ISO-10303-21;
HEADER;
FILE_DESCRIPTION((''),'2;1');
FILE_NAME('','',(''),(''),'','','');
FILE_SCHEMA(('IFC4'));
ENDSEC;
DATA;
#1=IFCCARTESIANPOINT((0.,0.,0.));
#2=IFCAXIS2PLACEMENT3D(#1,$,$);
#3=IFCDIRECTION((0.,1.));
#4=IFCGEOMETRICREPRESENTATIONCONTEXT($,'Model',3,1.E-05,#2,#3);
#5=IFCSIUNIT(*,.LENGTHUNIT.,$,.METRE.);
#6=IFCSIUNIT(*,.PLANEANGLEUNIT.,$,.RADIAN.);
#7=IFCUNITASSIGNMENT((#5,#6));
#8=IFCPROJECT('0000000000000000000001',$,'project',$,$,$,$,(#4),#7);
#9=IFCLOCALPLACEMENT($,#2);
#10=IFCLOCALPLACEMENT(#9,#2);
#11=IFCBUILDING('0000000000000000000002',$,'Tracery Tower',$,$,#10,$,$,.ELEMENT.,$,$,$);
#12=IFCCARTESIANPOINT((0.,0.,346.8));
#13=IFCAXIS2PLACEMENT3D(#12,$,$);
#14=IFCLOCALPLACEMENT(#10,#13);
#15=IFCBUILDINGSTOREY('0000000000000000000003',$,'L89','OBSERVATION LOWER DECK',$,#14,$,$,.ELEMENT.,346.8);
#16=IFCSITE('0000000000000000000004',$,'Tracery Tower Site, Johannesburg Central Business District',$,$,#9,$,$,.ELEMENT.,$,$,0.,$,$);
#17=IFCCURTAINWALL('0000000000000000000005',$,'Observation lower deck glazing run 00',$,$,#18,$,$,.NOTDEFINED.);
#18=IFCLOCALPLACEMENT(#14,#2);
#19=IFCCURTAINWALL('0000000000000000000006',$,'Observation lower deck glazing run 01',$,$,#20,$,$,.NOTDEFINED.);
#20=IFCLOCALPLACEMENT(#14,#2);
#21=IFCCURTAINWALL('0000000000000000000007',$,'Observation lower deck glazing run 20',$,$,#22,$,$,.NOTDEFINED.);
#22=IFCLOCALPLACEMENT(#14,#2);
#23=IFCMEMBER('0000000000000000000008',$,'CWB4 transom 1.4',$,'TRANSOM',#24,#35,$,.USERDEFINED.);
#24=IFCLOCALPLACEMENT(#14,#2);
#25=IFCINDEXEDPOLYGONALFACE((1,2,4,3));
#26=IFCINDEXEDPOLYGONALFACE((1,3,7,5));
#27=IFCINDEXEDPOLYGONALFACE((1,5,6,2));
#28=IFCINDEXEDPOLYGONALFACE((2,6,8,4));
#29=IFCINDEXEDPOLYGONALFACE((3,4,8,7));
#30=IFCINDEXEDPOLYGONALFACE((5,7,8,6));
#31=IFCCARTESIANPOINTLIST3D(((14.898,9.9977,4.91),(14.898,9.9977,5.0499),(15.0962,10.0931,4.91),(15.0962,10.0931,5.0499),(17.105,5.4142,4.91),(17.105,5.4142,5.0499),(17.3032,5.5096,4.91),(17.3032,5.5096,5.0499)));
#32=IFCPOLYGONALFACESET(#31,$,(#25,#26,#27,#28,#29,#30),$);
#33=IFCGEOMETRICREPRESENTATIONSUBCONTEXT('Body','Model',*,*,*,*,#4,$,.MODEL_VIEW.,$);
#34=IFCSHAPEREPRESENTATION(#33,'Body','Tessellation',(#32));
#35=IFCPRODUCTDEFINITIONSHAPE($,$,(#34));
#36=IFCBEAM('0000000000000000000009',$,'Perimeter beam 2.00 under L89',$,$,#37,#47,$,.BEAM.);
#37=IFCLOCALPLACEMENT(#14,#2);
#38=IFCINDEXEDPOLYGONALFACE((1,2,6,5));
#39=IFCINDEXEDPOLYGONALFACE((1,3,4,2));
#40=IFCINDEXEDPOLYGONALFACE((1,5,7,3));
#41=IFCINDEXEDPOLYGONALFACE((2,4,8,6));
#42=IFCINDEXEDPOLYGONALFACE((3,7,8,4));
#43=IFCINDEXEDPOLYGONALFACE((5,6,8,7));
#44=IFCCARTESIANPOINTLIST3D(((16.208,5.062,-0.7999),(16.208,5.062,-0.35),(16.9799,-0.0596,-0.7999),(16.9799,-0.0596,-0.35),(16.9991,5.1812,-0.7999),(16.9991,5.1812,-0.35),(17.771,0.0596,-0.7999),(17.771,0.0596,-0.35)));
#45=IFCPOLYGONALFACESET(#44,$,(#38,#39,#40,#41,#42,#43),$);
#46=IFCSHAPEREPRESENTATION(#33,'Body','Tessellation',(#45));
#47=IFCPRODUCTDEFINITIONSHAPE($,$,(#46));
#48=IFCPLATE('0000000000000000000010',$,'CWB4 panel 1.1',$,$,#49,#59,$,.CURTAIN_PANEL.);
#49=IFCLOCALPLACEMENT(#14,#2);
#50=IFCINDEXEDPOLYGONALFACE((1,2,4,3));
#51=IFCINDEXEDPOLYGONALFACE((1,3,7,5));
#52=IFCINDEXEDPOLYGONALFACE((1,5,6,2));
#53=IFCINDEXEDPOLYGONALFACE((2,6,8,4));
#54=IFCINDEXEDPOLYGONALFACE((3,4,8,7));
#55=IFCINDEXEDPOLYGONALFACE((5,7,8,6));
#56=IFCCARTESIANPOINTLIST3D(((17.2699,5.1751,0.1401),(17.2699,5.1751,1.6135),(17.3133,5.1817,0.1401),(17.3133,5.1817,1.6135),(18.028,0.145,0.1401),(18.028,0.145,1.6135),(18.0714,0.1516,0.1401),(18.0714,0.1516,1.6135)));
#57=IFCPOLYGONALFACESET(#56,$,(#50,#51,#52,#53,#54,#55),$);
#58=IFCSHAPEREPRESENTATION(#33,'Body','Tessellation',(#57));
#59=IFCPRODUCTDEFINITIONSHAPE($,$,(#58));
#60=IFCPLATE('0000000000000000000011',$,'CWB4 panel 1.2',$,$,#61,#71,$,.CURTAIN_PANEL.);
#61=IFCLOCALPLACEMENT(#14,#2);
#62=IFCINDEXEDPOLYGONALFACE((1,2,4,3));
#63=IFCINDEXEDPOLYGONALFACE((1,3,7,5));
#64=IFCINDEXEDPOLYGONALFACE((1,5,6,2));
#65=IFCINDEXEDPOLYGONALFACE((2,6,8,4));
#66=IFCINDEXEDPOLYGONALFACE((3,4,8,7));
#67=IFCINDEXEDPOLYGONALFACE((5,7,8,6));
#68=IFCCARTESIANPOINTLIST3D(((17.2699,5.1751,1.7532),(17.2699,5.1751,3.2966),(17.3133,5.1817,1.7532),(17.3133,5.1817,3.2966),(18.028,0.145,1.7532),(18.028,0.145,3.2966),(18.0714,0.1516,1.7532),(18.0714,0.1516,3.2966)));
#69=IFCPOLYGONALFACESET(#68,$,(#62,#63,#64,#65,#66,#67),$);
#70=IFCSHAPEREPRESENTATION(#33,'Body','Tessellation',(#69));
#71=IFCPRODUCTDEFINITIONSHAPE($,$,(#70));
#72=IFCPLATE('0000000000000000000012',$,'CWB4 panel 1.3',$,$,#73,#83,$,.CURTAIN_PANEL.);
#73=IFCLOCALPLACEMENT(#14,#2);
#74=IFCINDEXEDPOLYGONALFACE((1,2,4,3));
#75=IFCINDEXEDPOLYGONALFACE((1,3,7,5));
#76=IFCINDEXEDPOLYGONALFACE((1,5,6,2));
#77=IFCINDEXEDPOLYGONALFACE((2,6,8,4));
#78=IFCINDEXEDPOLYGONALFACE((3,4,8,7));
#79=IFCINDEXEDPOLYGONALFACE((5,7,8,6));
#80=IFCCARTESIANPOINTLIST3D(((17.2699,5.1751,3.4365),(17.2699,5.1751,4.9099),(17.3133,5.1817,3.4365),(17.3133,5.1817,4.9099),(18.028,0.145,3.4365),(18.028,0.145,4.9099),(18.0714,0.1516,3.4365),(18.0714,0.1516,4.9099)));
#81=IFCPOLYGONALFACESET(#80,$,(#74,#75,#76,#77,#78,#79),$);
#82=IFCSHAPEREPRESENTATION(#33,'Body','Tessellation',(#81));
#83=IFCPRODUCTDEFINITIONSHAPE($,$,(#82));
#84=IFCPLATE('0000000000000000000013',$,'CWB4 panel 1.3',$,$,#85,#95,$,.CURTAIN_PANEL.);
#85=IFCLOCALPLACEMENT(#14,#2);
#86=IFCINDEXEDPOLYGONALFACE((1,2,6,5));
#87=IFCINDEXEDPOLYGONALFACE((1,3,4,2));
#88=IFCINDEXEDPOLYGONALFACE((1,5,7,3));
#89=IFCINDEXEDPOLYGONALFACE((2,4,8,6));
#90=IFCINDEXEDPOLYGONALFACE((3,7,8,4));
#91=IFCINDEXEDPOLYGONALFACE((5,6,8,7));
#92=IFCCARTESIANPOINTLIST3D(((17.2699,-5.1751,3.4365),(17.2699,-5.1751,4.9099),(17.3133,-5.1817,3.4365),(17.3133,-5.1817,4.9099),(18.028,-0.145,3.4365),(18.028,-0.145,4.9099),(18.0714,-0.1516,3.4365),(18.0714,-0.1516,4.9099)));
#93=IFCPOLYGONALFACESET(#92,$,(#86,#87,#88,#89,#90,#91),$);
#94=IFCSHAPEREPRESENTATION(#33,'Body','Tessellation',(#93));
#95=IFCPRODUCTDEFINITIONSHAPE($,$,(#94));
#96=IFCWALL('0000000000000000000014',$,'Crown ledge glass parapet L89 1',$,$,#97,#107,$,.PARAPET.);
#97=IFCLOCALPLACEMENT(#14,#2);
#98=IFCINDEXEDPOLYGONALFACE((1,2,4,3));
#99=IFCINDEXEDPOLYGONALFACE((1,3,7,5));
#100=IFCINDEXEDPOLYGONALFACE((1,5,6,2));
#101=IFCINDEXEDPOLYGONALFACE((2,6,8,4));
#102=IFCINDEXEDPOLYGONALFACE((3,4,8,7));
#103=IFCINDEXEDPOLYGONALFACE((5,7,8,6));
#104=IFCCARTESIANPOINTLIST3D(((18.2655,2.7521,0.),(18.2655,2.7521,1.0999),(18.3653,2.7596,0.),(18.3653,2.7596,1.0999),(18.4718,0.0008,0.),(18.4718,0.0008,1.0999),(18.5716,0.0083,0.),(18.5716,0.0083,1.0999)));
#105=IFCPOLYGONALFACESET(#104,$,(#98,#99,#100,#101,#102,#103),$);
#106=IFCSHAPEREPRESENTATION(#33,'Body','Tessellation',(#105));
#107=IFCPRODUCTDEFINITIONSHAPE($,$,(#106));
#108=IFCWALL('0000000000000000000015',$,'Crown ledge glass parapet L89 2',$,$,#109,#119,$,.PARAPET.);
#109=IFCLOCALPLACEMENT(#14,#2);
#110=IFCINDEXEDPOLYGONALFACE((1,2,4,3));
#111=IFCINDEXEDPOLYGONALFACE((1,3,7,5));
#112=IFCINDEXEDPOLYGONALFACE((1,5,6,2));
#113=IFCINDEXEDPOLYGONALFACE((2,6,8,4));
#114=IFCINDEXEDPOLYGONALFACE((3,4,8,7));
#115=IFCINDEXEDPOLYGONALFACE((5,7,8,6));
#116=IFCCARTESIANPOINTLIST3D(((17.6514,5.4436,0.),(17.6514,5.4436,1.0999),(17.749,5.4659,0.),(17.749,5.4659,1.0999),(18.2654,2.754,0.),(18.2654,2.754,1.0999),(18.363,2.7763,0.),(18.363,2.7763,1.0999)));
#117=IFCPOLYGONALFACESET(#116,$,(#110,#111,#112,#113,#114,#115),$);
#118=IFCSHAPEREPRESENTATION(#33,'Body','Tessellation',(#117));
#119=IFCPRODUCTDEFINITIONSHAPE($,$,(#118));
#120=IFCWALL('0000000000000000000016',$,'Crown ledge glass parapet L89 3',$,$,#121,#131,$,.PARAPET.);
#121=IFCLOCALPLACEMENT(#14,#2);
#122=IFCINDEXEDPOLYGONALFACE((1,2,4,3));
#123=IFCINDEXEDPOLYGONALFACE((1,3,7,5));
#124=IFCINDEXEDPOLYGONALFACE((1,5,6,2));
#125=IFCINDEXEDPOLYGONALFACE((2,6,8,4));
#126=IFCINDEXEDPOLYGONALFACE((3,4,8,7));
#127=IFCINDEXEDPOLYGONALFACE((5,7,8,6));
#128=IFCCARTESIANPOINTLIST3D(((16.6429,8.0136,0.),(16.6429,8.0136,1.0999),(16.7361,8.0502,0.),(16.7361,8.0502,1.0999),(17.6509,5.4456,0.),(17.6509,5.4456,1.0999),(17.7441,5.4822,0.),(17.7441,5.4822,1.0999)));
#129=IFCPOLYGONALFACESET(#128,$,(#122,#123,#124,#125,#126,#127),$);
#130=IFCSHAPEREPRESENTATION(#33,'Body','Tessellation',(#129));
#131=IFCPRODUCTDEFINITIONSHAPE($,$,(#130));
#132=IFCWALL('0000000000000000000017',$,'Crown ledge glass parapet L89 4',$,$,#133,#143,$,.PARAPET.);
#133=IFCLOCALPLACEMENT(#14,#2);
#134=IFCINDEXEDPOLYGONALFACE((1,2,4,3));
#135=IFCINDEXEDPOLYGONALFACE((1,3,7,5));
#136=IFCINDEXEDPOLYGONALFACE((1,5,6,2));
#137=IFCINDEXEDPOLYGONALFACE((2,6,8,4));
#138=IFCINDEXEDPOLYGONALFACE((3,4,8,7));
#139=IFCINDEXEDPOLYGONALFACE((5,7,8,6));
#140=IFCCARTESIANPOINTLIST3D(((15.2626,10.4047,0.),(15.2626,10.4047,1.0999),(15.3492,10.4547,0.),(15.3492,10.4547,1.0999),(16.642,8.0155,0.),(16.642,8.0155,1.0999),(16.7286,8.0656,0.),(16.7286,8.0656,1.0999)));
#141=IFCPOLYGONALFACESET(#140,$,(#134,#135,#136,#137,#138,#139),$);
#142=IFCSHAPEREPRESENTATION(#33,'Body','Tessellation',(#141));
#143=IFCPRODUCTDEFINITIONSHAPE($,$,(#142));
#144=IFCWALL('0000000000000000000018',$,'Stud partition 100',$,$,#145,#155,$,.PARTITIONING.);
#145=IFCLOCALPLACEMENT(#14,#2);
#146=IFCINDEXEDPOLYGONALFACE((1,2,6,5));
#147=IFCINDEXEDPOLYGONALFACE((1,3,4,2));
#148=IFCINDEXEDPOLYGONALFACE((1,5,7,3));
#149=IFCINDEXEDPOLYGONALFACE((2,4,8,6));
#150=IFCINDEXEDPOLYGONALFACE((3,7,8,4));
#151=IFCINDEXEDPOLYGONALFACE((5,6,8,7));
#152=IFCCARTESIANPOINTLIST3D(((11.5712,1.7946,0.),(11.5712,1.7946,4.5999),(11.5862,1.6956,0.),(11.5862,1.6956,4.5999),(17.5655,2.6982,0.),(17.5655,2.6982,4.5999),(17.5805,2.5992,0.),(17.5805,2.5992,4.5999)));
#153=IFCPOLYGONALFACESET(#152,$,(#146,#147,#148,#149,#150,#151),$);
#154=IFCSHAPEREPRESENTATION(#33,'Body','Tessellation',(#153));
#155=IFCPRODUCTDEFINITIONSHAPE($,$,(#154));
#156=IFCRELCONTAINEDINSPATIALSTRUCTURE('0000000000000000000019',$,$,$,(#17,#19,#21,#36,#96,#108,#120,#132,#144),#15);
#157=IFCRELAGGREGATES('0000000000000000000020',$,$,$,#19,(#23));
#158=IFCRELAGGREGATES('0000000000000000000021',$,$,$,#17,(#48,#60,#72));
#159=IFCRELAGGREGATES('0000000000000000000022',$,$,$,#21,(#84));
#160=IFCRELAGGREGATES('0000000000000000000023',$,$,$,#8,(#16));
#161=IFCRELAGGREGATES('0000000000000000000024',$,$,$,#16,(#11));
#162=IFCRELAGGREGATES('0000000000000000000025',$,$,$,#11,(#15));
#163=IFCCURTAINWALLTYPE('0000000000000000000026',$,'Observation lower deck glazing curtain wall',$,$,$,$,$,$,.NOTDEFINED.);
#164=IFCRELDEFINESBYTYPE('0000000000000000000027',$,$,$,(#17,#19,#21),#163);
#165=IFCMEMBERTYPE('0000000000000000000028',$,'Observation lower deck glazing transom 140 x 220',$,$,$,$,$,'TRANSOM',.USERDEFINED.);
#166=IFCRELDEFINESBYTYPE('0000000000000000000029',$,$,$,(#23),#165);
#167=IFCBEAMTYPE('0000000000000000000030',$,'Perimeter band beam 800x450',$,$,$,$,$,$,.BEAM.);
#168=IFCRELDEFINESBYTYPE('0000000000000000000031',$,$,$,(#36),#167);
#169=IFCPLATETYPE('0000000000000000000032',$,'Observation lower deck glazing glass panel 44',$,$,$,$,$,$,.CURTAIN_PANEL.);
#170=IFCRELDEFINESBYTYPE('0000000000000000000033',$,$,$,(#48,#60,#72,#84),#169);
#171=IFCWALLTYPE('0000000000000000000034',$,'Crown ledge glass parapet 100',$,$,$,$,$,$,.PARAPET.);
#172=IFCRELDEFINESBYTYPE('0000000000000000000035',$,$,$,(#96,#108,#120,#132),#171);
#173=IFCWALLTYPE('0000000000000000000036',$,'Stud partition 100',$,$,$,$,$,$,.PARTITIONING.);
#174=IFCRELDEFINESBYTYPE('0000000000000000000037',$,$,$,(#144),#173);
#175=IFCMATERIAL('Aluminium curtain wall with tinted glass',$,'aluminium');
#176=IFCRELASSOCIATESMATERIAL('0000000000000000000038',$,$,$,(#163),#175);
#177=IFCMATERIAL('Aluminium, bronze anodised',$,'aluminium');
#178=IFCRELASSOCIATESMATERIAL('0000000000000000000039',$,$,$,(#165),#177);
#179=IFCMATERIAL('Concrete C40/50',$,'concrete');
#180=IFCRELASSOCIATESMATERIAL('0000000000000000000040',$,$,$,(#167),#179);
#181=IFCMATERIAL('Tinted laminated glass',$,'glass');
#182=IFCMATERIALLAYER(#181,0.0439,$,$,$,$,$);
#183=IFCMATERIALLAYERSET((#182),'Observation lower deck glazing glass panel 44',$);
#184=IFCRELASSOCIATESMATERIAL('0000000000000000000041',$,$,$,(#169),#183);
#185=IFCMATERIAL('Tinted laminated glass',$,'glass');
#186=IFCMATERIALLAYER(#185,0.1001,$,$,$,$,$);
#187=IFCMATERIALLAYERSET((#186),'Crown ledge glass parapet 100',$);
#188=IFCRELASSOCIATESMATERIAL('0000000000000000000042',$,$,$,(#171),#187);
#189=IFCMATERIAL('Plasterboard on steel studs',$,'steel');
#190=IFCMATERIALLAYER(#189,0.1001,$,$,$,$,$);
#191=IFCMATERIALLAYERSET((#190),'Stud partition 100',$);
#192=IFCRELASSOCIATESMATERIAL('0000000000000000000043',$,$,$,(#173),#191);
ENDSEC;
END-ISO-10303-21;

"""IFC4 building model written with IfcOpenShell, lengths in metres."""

from ifc_helpers import new_model, si_unit, direction, frame, frame_2d, origin, origin_2d, place, context, subcontext, project, spatial, rectangle, extrude, material, layer, layer_set, material_profile, profile_set, type_object, element, aggregate, save


model = new_model("IFC4")

# Units and contexts
model_context = context("Model", 3, precision=1e-05, world=origin(), true_north=direction((0.0, 1.0)))
body_context = subcontext(model_context, "Body", "Model", "MODEL_VIEW")
ifc_project = project(units=[si_unit("LENGTHUNIT", "METRE"), si_unit("PLANEANGLEUNIT", "RADIAN")], contexts=[model_context])

# Site, building, storey
site_placement = place(None, origin())
site = spatial("IfcSite", under=ifc_project, at=site_placement, Name="Tracery Tower Site, Johannesburg Central Business District", CompositionType="ELEMENT", RefElevation=0.0)
building_placement = place(site_placement, origin())
building = spatial("IfcBuilding", under=site, at=building_placement, Name="Tracery Tower", CompositionType="ELEMENT")
storey_placement = place(building_placement, frame((0.0, 0.0, 346.8)))
storey = spatial("IfcBuildingStorey", under=building, at=storey_placement, Name="L89", Description="OBSERVATION LOWER DECK", CompositionType="ELEMENT", Elevation=346.8)

# Curtain wall
ifc_material_1 = material(Name="Aluminium curtain wall with tinted glass", Category="aluminium")
curtain_wall_type = type_object("IfcCurtainWallType", Name="Observation lower deck glazing curtain wall", PredefinedType="NOTDEFINED", material=ifc_material_1)
curtain_wall_1_placement = place(storey_placement, origin())
curtain_wall_1 = element("IfcCurtainWall", 1, at=curtain_wall_1_placement, inside=storey, type_object=curtain_wall_type, Name="Observation lower deck glazing run 00", PredefinedType="NOTDEFINED")

# Curtain walls
curtain_wall_2_placement = place(storey_placement, origin())
curtain_wall_2 = element("IfcCurtainWall", 2, at=curtain_wall_2_placement, inside=storey, type_object=curtain_wall_type, Name="Observation lower deck glazing run 01", PredefinedType="NOTDEFINED")
curtain_wall_3_placement = place(storey_placement, origin())
curtain_wall_3 = element("IfcCurtainWall", 3, at=curtain_wall_3_placement, inside=storey, type_object=curtain_wall_type, Name="Observation lower deck glazing run 20", PredefinedType="NOTDEFINED")

# Member
ifc_material_2 = material(Name="Aluminium, bronze anodised", Category="aluminium")
ifc_material_profile_1 = material_profile(ifc_material_2, rectangle(XDim=0.22, YDim=0.1399, at=origin_2d()), Name="Observation lower deck glazing transom 140 x 220")
ifc_profile_set_1 = profile_set([ifc_material_profile_1], Name="Aluminium, bronze anodised")
member_type_1 = type_object("IfcMemberType", Name="Observation lower deck glazing transom 140 x 220", ElementType="TRANSOM", PredefinedType="USERDEFINED", material=ifc_profile_set_1)
member_1_placement = place(storey_placement, frame((17.2041, 5.4619, 4.98), z_axis=(-0.433842, 0.900989, 0.0), x_axis=(-0.900989, -0.433842, 0.0)))
member_1 = element("IfcMember", 4, at=member_1_placement, type_object=member_type_1, Name="CWB4 transom 1.4", ObjectType="TRANSOM", PredefinedType="USERDEFINED", context=body_context, shape_type="SweptSolid", body=[
    extrude(rectangle(XDim=0.22, YDim=0.1399, at=origin_2d()), origin(), (0.0, 0.0, 1.0), 5.0872),
])
aggregate(curtain_wall_2, [member_1])

# Beam
ifc_material_3 = material(Name="Concrete C40/50", Category="concrete")
ifc_material_profile_2 = material_profile(ifc_material_3, rectangle(XDim=0.8, YDim=0.45, at=origin_2d()), Name="RC 800x450")
ifc_profile_set_2 = profile_set([ifc_material_profile_2], Name="Concrete C40/50")
beam_type = type_object("IfcBeamType", Name="Perimeter band beam 800x450", PredefinedType="BEAM", material=ifc_profile_set_2)
beam_placement = place(storey_placement, frame((17.3755, 0.0, -0.575), z_axis=(-0.149046, 0.98883, 0.0), x_axis=(-0.98883, -0.149046, 0.0)))
element("IfcBeam", 5, at=beam_placement, inside=storey, type_object=beam_type, Name="Perimeter beam 2.00 under L89", PredefinedType="BEAM", context=body_context, shape_type="SweptSolid", body=[
    extrude(rectangle(XDim=0.8, YDim=0.45, at=origin_2d()), origin(), (0.0, 0.0, 1.0), 5.1794),
])

# Plates
ifc_material_4 = material(Name="Tinted laminated glass", Category="glass")
ifc_layer_1 = layer(ifc_material_4, 0.0439)
ifc_layer_set_1 = layer_set([ifc_layer_1], Name="Observation lower deck glazing glass panel 44")
plate_type = type_object("IfcPlateType", Name="Observation lower deck glazing glass panel 44", PredefinedType="CURTAIN_PANEL", material=ifc_layer_set_1)
plate_1_placement = place(storey_placement, frame((17.6707, 2.6633, 0.1401), z_axis=(0.0, 0.0, 1.0), x_axis=(-0.149031, 0.988833, 0.0)))
plate_1 = element("IfcPlate", 6, at=plate_1_placement, type_object=plate_type, Name="CWB4 panel 1.1", PredefinedType="CURTAIN_PANEL", context=body_context, shape_type="SweptSolid", body=[
    extrude(rectangle(XDim=5.0869, YDim=0.0439, at=origin_2d()), origin(), (0.0, 0.0, 1.0), 1.4734),
])
plate_2_placement = place(storey_placement, frame((17.6707, 2.6633, 1.7532), z_axis=(0.0, 0.0, 1.0), x_axis=(-0.149031, 0.988833, 0.0)))
plate_2 = element("IfcPlate", 7, at=plate_2_placement, type_object=plate_type, Name="CWB4 panel 1.2", PredefinedType="CURTAIN_PANEL", context=body_context, shape_type="SweptSolid", body=[
    extrude(rectangle(XDim=5.0869, YDim=0.0439, at=origin_2d()), origin(), (0.0, 0.0, 1.0), 1.5435),
])
plate_3_placement = place(storey_placement, frame((17.6707, 2.6633, 3.4365), z_axis=(0.0, 0.0, 1.0), x_axis=(-0.149031, 0.988833, 0.0)))
plate_3 = element("IfcPlate", 8, at=plate_3_placement, type_object=plate_type, Name="CWB4 panel 1.3", PredefinedType="CURTAIN_PANEL", context=body_context, shape_type="SweptSolid", body=[
    extrude(rectangle(XDim=5.0869, YDim=0.0439, at=origin_2d()), origin(), (0.0, 0.0, 1.0), 1.4734),
])
aggregate(curtain_wall_1, [plate_1, plate_2, plate_3])
plate_4_placement = place(storey_placement, frame((17.6707, -2.6633, 3.4365), z_axis=(0.0, 0.0, 1.0), x_axis=(0.149031, 0.988833, 0.0)))
plate_4 = element("IfcPlate", 9, at=plate_4_placement, type_object=plate_type, Name="CWB4 panel 1.3", PredefinedType="CURTAIN_PANEL", context=body_context, shape_type="SweptSolid", body=[
    extrude(rectangle(XDim=5.0869, YDim=0.0439, at=origin_2d()), origin(), (0.0, 0.0, 1.0), 1.4734),
])
aggregate(curtain_wall_3, [plate_4])

# Walls
ifc_material_5 = material(Name="Tinted laminated glass", Category="glass")
ifc_layer_2 = layer(ifc_material_5, 0.1001)
ifc_layer_set_2 = layer_set([ifc_layer_2], Name="Crown ledge glass parapet 100")
wall_type_1 = type_object("IfcWallType", Name="Crown ledge glass parapet 100", PredefinedType="PARAPET", material=ifc_layer_set_2)
wall_1_placement = place(storey_placement, frame((18.5217, 0.0046, 0.0), z_axis=(0.0, 0.0, 1.0), x_axis=(-0.074775, 0.9972, 0.0)))
element("IfcWall", 10, at=wall_1_placement, inside=storey, type_object=wall_type_1, Name="Crown ledge glass parapet L89 1", PredefinedType="PARAPET", context=body_context, shape_type="SweptSolid", body=[
    extrude(rectangle(XDim=2.759, YDim=0.1001, at=frame_2d((1.3794, 0.0))), origin(), (0.0, 0.0, 1.0), 1.0999),
])
for number, where, z_axis, x_axis, name in (
    (11, (18.3142, 2.7651, 0.0), (0.0, 0.0, 1.0), (-0.222558, 0.974919, 0.0), "Crown ledge glass parapet L89 2"),
    (12, (17.6975, 5.4639, 0.0), (0.0, 0.0, 1.0), (-0.365387, 0.930856, 0.0), "Crown ledge glass parapet L89 3"),
    (13, (16.6853, 8.0405, 0.0), (0.0, 0.0, 1.0), (-0.500003, 0.866023, 0.0), "Crown ledge glass parapet L89 4"),
):
    element("IfcWall", number, at=place(storey_placement, frame(where, z_axis=z_axis, x_axis=x_axis)), inside=storey, type_object=wall_type_1, Name=name, PredefinedType="PARAPET", context=body_context, shape_type="SweptSolid", body=[
        extrude(rectangle(XDim=2.7588, YDim=0.1001, at=frame_2d((1.3794, 0.0))), origin(), (0.0, 0.0, 1.0), 1.0999),
    ])
ifc_material_6 = material(Name="Plasterboard on steel studs", Category="steel")
ifc_layer_3 = layer(ifc_material_6, 0.1001)
ifc_layer_set_3 = layer_set([ifc_layer_3], Name="Stud partition 100")
wall_type_2 = type_object("IfcWallType", Name="Stud partition 100", PredefinedType="PARTITIONING", material=ifc_layer_set_3)
wall_2_placement = place(storey_placement, frame((17.573, 2.6487, 0.0), z_axis=(0.0, 0.0, 1.0), x_axis=(-0.988829, -0.149051, 0.0)))
element("IfcWall", 14, at=wall_2_placement, inside=storey, type_object=wall_type_2, Name="Stud partition 100", PredefinedType="PARTITIONING", context=body_context, shape_type="SweptSolid", body=[
    extrude(rectangle(XDim=6.062, YDim=0.1001, at=frame_2d((3.031, 0.0))), origin(), (0.0, 0.0, 1.0), 4.5999),
])

save(model, "model.ifc")
